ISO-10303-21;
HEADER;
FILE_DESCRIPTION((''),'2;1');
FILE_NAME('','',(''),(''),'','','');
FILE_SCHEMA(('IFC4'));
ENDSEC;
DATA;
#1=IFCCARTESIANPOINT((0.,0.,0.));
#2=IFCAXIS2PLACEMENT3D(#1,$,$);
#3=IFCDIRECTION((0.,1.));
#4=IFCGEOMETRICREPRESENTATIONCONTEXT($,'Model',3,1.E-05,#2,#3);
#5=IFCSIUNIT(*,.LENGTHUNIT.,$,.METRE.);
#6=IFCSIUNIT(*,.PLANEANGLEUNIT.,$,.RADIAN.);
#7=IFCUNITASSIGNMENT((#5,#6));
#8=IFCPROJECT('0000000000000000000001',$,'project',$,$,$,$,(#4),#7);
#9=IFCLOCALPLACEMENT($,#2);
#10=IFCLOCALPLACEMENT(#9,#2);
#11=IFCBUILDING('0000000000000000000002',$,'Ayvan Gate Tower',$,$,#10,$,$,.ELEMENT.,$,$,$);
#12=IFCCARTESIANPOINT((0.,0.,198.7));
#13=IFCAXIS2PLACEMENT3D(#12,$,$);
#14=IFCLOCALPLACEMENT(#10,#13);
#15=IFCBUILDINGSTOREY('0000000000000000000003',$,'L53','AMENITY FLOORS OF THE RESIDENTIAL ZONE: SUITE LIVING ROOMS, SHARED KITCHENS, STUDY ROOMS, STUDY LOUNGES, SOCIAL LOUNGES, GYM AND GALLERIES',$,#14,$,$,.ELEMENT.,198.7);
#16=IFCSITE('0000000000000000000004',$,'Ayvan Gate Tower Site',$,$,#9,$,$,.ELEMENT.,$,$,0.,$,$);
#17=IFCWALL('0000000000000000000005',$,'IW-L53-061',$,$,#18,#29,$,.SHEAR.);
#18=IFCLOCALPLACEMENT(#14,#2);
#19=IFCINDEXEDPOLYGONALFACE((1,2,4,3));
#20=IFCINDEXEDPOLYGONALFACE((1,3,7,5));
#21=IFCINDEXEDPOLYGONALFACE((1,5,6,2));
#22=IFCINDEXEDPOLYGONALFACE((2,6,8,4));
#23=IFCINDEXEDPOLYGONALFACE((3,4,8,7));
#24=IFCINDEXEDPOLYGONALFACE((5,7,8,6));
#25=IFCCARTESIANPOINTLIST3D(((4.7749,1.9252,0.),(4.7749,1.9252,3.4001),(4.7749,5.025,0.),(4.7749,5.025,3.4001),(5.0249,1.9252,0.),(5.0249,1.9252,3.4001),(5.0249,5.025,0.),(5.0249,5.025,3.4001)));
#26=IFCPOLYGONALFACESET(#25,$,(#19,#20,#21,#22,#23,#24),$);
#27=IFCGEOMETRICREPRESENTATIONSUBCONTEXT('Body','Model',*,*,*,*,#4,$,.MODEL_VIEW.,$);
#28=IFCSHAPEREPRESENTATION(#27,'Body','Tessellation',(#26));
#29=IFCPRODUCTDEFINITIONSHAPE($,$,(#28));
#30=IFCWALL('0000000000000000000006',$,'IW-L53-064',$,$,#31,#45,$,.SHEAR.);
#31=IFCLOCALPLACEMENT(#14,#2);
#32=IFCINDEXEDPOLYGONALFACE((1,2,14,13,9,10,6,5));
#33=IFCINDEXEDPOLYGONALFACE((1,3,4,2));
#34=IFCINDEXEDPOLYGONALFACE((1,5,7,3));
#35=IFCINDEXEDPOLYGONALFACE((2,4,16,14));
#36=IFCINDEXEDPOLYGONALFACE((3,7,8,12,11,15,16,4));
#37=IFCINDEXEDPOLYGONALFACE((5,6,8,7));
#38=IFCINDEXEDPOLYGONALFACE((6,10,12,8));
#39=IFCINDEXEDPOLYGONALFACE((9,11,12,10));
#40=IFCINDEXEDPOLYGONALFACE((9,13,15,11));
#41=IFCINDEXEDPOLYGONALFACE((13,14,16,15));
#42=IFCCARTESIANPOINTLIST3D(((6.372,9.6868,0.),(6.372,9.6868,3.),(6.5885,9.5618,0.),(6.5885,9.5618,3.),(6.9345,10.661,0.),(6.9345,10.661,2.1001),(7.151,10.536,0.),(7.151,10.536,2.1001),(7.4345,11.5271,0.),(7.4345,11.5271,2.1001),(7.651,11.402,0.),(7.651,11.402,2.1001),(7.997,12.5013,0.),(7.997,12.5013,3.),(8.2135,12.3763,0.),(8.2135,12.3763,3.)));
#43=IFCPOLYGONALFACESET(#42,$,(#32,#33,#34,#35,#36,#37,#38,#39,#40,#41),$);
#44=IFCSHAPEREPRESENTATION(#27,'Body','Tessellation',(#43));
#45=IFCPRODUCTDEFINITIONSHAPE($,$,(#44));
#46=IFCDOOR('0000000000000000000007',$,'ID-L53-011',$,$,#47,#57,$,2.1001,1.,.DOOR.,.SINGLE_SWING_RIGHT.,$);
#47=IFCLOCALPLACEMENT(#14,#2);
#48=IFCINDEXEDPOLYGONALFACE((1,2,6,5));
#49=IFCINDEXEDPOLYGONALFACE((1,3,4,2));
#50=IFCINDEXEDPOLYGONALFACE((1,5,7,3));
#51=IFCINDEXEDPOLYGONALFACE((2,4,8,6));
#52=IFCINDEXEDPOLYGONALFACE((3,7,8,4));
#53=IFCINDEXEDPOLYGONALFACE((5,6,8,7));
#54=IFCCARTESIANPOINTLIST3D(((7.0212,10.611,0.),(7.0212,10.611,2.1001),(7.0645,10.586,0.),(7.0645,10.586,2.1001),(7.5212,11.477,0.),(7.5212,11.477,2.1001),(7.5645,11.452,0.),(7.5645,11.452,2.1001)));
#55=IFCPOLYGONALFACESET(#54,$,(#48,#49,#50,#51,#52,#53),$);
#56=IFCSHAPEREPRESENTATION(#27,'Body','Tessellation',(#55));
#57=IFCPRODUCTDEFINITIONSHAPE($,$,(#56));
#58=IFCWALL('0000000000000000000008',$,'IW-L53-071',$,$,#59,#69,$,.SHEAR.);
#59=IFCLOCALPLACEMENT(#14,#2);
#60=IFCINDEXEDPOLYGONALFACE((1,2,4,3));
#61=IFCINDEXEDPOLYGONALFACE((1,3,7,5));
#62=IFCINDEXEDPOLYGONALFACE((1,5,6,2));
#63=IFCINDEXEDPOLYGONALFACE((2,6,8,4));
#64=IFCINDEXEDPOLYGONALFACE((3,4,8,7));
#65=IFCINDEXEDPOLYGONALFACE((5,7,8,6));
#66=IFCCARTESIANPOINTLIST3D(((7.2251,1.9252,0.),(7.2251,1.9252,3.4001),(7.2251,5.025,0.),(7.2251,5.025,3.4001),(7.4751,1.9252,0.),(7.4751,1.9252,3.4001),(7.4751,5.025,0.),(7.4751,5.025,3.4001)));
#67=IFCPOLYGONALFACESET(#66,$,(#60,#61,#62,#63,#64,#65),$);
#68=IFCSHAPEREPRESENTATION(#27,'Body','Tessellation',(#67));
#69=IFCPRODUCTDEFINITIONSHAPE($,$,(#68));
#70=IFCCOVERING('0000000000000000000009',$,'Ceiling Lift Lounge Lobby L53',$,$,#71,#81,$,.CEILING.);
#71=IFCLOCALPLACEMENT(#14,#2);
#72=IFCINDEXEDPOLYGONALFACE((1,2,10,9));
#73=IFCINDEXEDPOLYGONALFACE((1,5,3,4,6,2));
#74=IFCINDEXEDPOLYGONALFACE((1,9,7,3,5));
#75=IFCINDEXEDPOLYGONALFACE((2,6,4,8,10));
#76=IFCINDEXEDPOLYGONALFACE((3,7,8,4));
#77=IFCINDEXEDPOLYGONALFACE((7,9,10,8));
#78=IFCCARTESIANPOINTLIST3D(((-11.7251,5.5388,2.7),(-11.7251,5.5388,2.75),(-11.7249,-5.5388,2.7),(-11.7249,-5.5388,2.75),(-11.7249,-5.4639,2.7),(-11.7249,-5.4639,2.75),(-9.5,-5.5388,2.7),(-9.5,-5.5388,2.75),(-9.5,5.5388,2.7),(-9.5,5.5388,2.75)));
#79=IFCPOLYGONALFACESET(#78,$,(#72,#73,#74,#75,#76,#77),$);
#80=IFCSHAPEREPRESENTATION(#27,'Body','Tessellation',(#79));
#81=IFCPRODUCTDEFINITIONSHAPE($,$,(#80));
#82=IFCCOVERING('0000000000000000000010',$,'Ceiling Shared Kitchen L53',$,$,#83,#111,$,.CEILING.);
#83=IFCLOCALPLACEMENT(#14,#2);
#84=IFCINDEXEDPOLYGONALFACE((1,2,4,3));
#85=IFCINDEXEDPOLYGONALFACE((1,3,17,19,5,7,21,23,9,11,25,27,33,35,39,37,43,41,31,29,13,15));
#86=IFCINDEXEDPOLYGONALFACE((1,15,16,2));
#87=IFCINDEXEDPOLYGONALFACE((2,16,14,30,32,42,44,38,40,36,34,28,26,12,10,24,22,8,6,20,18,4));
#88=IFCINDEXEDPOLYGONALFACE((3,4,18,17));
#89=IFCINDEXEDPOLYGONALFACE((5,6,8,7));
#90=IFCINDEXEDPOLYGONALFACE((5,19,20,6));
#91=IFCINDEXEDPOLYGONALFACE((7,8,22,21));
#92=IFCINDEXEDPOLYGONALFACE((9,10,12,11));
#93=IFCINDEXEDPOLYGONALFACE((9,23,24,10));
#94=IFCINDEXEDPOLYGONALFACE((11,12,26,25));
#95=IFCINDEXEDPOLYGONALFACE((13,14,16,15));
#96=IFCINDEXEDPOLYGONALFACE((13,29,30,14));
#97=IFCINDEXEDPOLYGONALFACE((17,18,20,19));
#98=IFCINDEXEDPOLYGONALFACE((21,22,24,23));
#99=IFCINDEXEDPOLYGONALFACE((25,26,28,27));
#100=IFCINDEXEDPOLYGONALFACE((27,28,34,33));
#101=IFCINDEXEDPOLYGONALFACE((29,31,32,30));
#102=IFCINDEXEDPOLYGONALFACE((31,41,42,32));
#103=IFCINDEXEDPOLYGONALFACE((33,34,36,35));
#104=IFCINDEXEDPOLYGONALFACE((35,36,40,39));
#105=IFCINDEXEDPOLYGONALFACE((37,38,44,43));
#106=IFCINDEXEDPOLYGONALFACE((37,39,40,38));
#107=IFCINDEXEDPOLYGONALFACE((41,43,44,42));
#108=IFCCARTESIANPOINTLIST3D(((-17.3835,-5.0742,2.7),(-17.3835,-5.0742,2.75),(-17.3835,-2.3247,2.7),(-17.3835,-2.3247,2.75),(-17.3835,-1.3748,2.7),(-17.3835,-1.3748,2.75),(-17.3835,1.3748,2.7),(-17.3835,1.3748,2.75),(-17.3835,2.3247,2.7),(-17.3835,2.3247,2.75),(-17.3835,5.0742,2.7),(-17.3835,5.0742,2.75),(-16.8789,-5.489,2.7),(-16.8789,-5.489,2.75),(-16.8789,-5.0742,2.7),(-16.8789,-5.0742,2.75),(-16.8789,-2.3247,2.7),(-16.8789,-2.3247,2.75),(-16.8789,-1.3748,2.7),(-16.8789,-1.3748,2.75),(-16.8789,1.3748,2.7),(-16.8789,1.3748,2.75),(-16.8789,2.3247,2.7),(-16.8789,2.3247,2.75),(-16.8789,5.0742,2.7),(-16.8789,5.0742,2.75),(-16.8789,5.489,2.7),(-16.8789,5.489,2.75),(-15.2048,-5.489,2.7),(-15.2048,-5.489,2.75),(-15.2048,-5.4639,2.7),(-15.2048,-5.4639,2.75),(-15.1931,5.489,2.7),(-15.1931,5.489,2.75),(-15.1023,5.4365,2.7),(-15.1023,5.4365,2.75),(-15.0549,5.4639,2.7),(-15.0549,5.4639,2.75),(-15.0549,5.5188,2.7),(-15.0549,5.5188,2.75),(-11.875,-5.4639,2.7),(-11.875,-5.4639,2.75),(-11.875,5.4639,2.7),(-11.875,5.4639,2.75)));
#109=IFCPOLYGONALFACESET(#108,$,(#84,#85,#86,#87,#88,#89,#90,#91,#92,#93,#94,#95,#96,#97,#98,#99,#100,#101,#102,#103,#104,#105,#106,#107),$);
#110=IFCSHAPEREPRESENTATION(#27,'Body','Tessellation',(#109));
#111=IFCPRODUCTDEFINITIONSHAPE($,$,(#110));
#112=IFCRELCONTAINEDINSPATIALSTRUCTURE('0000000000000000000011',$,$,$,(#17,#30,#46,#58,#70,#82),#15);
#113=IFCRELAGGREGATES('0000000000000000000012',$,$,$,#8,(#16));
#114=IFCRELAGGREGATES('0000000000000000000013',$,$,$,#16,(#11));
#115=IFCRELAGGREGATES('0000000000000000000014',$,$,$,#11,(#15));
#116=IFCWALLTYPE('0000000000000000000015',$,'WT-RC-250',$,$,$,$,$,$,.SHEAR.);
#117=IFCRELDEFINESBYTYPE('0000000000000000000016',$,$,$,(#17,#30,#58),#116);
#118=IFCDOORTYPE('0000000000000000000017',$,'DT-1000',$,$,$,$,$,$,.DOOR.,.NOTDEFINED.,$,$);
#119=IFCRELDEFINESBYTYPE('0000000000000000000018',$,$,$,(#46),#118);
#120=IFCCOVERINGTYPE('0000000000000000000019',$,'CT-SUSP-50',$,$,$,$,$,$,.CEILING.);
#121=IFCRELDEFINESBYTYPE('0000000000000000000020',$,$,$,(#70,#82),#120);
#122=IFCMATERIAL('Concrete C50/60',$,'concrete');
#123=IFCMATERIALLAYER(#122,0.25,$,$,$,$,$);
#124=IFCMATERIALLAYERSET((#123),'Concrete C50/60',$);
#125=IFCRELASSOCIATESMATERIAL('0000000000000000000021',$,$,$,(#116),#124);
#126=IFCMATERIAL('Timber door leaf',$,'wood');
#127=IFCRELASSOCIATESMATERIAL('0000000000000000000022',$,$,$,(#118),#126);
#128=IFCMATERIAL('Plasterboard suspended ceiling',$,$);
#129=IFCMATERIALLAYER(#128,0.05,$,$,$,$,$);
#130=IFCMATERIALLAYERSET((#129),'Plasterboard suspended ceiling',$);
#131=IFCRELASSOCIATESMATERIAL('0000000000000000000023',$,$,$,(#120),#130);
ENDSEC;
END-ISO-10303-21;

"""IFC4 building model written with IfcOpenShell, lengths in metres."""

from ifc_helpers import new_model, si_unit, direction, frame, frame_2d, origin, place, context, subcontext, project, spatial, polyline, rectangle, outline, extrude, material, layer, layer_set, type_object, element, fill, save


model = new_model("IFC4")

# Units and contexts
model_context = context("Model", 3, precision=1e-05, world=origin(), true_north=direction((0.0, 1.0)))
body_context = subcontext(model_context, "Body", "Model", "MODEL_VIEW")
ifc_project = project(units=[si_unit("LENGTHUNIT", "METRE"), si_unit("PLANEANGLEUNIT", "RADIAN")], contexts=[model_context])

# Site, building, storey
site_placement = place(None, origin())
site = spatial("IfcSite", under=ifc_project, at=site_placement, Name="Ayvan Gate Tower Site", CompositionType="ELEMENT", RefElevation=0.0)
building_placement = place(site_placement, origin())
building = spatial("IfcBuilding", under=site, at=building_placement, Name="Ayvan Gate Tower", CompositionType="ELEMENT")
storey_placement = place(building_placement, frame((0.0, 0.0, 198.7)))
storey = spatial("IfcBuildingStorey", under=building, at=storey_placement, Name="L53", Description="AMENITY FLOORS OF THE RESIDENTIAL ZONE: SUITE LIVING ROOMS, SHARED KITCHENS, STUDY ROOMS, STUDY LOUNGES, SOCIAL LOUNGES, GYM AND GALLERIES", CompositionType="ELEMENT", Elevation=198.7)

# Shared definitions
ifc_material_1 = material(Name="Timber door leaf", Category="wood")

# Wall
ifc_material_2 = material(Name="Concrete C50/60", Category="concrete")
ifc_layer_1 = layer(ifc_material_2, 0.25)
ifc_layer_set_1 = layer_set([ifc_layer_1], Name="Concrete C50/60")
wall_type_1 = type_object("IfcWallType", Name="WT-RC-250", PredefinedType="SHEAR", material=ifc_layer_set_1)
for number, where, z_axis, x_axis, name in (
    (1, (4.8999, 5.0249, 0.0), (0.0, 0.0, 1.0), (0.0, -1.0, 0.0), "IW-L53-061"),
):
    element("IfcWall", number, at=place(storey_placement, frame(where, z_axis=z_axis, x_axis=x_axis)), inside=storey, type_object=wall_type_1, Name=name, PredefinedType="SHEAR", context=body_context, shape_type="SweptSolid", body=[
        extrude(rectangle(XDim=3.0999, YDim=0.25, at=frame_2d((1.5498, 0.0))), origin(), (0.0, 0.0, 1.0), 3.4001),
    ])

# Wall, opening, door
wall_1_placement = place(storey_placement, frame((6.4802, 9.6243, 0.0), z_axis=(0.0, 0.0, 1.0), x_axis=(0.500017, 0.866015, 0.0)))
wall_1 = element("IfcWall", 2, at=wall_1_placement, inside=storey, type_object=wall_type_1, Name="IW-L53-064", PredefinedType="SHEAR", context=body_context, shape_type="SweptSolid", body=[
    extrude(rectangle(XDim=3.25, YDim=0.25, at=frame_2d((1.625, 0.0))), origin(), (0.0, 0.0, 1.0), 3.0),
])
opening_1_placement = place(wall_1_placement, frame((1.125, 0.0, 0.0)))
opening_1 = element("IfcOpeningElement", 3, at=opening_1_placement, cuts=wall_1, PredefinedType="OPENING", context=body_context, shape_type="SweptSolid", body=[
    extrude(rectangle(XDim=1.0, YDim=2.1001, at=frame_2d((0.5, 1.05))), frame((0.0, 0.135, 0.0), z_axis=(0.0, -1.0, 0.0), x_axis=(1.0, 0.0, 0.0)), (0.0, 0.0, 1.0), 0.27),
])
door_type_1 = type_object("IfcDoorType", Name="DT-1000", OperationType="NOTDEFINED", PredefinedType="DOOR", material=ifc_material_1)
door_1_placement = place(opening_1_placement, origin())
door_1 = element("IfcDoor", 4, at=door_1_placement, inside=storey, type_object=door_type_1, Name="ID-L53-011", OperationType="SINGLE_SWING_RIGHT", OverallHeight=2.1001, OverallWidth=1.0, PredefinedType="DOOR", context=body_context, shape_type="SweptSolid", body=[
    extrude(rectangle(XDim=1.0, YDim=2.1001, at=frame_2d((0.5, 1.05))), frame((0.0, 0.0249, 0.0), z_axis=(0.0, -1.0, 0.0), x_axis=(1.0, 0.0, 0.0)), (0.0, 0.0, 1.0), 0.05),
])
fill(opening_1, door_1)

# Wall
wall_2_placement = place(storey_placement, frame((7.3501, 5.0249, 0.0), z_axis=(0.0, 0.0, 1.0), x_axis=(0.0, -1.0, 0.0)))
element("IfcWall", 5, at=wall_2_placement, inside=storey, type_object=wall_type_1, Name="IW-L53-071", PredefinedType="SHEAR", context=body_context, shape_type="SweptSolid", body=[
    extrude(rectangle(XDim=3.0999, YDim=0.25, at=frame_2d((1.5498, 0.0))), origin(), (0.0, 0.0, 1.0), 3.4001),
])

# Coverings
ifc_material_3 = material(Name="Plasterboard suspended ceiling")
ifc_layer_2 = layer(ifc_material_3, 0.05)
ifc_layer_set_2 = layer_set([ifc_layer_2], Name="Plasterboard suspended ceiling")
covering_type = type_object("IfcCoveringType", Name="CT-SUSP-50", PredefinedType="CEILING", material=ifc_layer_set_2)
covering_1_placement = place(storey_placement, frame((0.0, 0.0, 2.7)))
element("IfcCovering", 6, at=covering_1_placement, inside=storey, type_object=covering_type, Name="Ceiling Lift Lounge Lobby L53", PredefinedType="CEILING", context=body_context, shape_type="SweptSolid", body=[
    extrude(outline(polyline([(-9.5, -5.5388), (-11.7249, -5.5388), (-11.7249, -5.4639), (-11.7251, 5.5388), (-9.5, 5.5388), (-9.5, -5.5388)])), origin(), (0.0, 0.0, 1.0), 0.05),
])
covering_2_placement = place(storey_placement, frame((0.0, 0.0, 2.7)))
element("IfcCovering", 7, at=covering_2_placement, inside=storey, type_object=covering_type, Name="Ceiling Shared Kitchen L53", PredefinedType="CEILING", context=body_context, shape_type="SweptSolid", body=[
    extrude(outline(polyline([(-16.8789, -2.3247), (-16.8789, -1.3748), (-17.3835, -1.3748), (-17.3835, 1.3748), (-16.8789, 1.3748), (-16.8789, 2.3247), (-17.3835, 2.3247), (-17.3835, 5.0742), (-16.8789, 5.0742), (-16.8789, 5.489), (-15.1931, 5.489), (-15.1023, 5.4365), (-15.0549, 5.5188), (-15.0549, 5.4639), (-11.875, 5.4639), (-11.875, -5.4639), (-15.2048, -5.4639), (-15.2048, -5.489), (-16.8789, -5.489), (-16.8789, -5.0742), (-17.3835, -5.0742), (-17.3835, -2.3247), (-16.8789, -2.3247)])), origin(), (0.0, 0.0, 1.0), 0.05),
])

save(model, "model.ifc")
